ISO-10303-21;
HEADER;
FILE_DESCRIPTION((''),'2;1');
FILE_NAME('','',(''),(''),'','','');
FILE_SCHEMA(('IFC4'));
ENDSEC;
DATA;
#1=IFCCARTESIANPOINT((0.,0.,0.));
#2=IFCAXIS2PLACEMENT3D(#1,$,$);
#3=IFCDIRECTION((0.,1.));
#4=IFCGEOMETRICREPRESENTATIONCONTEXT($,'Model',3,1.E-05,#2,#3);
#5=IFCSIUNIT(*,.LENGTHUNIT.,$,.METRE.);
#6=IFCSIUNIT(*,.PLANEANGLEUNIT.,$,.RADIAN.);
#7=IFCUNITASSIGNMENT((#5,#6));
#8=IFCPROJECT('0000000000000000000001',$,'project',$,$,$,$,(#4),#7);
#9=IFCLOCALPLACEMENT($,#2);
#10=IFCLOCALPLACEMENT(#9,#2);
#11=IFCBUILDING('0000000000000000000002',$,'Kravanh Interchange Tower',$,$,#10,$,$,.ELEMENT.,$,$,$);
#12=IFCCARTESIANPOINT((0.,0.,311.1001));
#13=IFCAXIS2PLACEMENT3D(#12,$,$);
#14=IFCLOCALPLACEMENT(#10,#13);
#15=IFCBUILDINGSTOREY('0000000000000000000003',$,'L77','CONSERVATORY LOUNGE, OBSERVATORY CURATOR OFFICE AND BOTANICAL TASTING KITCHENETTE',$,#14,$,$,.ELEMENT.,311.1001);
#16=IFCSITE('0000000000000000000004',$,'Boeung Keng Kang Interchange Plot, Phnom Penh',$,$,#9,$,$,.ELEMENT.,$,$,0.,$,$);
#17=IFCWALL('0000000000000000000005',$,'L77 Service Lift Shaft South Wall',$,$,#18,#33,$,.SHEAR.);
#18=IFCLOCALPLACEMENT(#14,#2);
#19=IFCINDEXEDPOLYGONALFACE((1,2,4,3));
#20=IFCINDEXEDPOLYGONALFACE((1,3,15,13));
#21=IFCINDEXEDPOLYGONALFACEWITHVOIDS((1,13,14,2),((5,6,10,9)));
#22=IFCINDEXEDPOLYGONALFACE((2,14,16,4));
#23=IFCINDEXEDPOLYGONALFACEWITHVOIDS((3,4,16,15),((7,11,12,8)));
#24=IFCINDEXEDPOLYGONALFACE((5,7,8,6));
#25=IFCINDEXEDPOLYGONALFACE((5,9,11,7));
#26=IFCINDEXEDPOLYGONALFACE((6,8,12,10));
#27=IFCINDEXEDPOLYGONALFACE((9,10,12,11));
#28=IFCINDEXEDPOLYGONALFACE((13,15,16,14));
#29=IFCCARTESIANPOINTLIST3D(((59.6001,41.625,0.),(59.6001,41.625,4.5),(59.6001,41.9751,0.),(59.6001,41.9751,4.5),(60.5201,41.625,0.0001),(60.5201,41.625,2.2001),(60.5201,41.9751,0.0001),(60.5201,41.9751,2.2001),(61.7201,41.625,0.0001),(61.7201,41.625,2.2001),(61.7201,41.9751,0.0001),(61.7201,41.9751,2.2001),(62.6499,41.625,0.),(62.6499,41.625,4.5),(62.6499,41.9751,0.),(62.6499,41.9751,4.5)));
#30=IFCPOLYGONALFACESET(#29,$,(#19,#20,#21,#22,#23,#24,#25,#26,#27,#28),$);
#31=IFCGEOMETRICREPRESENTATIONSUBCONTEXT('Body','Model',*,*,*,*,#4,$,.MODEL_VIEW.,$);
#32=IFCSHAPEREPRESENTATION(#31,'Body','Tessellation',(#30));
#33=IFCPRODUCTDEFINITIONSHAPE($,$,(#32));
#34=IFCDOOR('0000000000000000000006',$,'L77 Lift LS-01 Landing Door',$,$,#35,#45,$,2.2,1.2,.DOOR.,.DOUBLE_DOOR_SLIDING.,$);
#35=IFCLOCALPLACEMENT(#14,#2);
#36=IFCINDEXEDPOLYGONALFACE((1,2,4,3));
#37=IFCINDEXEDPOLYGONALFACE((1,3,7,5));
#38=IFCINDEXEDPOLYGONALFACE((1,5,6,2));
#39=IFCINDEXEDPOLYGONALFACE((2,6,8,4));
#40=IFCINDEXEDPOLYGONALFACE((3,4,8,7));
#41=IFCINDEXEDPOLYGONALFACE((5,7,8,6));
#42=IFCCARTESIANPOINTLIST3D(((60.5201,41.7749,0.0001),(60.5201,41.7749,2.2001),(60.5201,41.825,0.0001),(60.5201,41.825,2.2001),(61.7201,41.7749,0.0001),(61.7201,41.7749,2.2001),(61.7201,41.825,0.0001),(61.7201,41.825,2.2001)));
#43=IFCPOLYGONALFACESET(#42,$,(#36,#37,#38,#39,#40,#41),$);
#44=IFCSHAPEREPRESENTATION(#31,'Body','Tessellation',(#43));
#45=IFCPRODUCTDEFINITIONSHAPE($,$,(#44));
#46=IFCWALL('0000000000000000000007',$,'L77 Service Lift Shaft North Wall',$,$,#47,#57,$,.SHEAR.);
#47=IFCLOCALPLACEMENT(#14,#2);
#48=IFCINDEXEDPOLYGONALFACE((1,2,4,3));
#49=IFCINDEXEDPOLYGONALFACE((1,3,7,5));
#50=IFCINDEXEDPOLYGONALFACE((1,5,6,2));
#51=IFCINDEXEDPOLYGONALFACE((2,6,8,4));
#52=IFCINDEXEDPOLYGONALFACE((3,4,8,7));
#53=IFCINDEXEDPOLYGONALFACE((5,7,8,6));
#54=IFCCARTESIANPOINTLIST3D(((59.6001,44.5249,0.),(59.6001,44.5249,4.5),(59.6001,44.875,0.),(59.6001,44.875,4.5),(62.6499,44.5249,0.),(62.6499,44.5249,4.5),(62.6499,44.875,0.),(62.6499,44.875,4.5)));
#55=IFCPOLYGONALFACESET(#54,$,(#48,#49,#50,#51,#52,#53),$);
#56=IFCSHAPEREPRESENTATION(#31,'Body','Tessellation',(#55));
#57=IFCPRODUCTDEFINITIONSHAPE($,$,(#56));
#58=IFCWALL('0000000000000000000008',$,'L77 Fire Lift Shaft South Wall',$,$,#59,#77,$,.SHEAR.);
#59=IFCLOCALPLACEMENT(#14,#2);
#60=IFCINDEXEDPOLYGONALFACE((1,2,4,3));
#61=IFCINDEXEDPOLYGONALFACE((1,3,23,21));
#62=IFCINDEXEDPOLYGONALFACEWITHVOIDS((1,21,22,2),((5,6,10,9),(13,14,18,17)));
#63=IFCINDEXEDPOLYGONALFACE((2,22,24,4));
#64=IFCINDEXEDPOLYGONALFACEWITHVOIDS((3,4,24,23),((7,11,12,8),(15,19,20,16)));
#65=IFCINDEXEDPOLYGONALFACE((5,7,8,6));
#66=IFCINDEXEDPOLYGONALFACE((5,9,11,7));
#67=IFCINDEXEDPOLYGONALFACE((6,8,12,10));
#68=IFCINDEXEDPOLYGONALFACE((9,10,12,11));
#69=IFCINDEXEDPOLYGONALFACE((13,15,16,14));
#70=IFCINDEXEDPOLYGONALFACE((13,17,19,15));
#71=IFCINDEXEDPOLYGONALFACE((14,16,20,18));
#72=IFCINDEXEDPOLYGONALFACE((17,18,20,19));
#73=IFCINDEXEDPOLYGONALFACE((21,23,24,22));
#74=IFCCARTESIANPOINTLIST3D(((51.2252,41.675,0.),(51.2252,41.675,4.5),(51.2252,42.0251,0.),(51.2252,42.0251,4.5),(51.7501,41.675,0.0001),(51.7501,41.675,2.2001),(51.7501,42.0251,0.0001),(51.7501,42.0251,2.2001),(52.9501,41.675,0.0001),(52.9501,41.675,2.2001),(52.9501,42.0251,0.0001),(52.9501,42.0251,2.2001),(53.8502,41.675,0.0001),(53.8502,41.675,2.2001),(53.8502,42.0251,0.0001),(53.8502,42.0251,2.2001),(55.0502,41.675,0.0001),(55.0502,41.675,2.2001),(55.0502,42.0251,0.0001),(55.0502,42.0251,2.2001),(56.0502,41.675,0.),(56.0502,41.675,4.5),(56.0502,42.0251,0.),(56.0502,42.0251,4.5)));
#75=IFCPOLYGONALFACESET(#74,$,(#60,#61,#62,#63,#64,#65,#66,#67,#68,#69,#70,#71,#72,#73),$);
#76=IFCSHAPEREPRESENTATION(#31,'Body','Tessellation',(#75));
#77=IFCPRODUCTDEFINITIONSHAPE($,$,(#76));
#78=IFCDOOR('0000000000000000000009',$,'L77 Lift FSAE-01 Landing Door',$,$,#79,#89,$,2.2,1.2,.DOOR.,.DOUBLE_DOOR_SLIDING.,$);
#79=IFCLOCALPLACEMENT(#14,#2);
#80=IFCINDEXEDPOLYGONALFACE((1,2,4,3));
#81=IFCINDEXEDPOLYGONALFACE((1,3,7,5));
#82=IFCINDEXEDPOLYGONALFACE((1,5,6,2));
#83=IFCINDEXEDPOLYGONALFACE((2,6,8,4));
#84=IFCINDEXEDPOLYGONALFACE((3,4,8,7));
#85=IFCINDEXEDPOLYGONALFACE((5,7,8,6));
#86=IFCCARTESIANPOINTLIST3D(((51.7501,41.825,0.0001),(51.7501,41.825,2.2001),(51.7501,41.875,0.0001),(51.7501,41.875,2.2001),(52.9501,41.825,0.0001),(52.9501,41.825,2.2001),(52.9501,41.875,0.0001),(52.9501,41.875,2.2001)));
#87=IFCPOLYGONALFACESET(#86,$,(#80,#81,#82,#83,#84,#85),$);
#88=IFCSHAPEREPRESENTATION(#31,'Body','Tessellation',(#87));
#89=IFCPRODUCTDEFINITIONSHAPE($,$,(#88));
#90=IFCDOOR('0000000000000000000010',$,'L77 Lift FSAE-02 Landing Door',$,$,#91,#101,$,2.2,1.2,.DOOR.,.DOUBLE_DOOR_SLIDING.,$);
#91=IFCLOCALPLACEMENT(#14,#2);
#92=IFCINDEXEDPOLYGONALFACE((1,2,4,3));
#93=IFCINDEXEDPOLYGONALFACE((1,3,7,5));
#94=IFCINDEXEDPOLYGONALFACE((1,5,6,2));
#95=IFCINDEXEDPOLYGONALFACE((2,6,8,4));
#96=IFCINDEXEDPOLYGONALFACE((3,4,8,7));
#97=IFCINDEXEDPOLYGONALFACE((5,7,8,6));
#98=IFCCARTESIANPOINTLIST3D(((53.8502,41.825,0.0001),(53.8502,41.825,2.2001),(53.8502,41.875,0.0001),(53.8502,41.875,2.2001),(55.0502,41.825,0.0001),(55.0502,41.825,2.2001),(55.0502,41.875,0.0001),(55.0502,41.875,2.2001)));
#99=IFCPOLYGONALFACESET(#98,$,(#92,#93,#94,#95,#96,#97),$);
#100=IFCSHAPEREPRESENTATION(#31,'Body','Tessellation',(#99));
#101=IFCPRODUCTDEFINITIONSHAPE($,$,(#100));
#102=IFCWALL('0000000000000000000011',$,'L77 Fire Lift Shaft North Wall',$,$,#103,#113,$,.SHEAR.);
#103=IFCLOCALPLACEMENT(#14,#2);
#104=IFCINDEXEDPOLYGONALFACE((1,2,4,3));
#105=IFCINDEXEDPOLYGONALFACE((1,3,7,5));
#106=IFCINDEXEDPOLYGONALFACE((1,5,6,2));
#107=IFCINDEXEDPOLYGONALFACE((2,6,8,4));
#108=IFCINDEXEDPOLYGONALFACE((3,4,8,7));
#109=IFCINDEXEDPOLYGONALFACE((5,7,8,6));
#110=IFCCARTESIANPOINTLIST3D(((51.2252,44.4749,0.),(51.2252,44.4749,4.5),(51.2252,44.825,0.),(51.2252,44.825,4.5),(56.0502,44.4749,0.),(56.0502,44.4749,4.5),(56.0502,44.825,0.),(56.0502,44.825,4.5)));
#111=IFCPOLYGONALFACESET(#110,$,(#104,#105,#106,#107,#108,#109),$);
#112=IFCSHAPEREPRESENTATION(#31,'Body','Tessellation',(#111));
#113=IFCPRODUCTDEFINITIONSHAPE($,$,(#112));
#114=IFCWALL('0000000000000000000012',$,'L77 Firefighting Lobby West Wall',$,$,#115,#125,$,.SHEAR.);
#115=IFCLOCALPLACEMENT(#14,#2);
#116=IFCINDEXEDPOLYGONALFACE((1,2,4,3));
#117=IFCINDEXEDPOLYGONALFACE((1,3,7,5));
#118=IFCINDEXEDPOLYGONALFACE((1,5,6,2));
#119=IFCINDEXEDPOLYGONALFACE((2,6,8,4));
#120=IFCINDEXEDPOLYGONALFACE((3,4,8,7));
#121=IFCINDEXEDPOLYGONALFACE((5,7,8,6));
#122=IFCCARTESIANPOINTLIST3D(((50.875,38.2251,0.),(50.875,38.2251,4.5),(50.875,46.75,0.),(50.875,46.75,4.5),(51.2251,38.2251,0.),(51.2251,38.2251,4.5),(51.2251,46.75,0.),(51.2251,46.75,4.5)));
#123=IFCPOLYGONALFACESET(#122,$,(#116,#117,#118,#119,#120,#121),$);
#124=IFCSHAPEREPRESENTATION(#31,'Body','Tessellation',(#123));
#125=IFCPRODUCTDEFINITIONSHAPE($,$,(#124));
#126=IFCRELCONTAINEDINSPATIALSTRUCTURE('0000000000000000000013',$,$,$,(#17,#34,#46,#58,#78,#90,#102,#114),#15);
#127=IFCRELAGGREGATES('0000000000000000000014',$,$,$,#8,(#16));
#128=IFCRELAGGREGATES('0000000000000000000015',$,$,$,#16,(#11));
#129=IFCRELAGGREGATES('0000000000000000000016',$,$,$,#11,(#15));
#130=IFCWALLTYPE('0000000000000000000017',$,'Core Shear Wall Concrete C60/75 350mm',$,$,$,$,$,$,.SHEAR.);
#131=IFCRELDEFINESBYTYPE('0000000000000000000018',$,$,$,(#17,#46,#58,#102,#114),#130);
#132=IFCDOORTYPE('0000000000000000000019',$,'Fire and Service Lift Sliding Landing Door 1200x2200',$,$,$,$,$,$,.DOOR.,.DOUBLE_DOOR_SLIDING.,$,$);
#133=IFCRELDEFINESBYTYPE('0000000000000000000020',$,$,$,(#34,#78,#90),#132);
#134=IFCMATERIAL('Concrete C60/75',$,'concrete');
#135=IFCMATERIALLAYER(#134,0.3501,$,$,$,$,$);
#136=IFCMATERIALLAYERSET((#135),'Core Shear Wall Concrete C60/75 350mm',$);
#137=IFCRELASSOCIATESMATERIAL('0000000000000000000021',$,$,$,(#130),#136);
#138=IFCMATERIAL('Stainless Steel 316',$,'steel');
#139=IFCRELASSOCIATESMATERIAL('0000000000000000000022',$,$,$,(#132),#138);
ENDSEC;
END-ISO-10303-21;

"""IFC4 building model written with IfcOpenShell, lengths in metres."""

from ifc_helpers import new_model, si_unit, direction, frame, frame_2d, origin, place, context, subcontext, project, spatial, rectangle, extrude, material, layer, layer_set, type_object, element, fill, save


model = new_model("IFC4")

# Units and contexts
model_context = context("Model", 3, precision=1e-05, world=origin(), true_north=direction((0.0, 1.0)))
body_context = subcontext(model_context, "Body", "Model", "MODEL_VIEW")
ifc_project = project(units=[si_unit("LENGTHUNIT", "METRE"), si_unit("PLANEANGLEUNIT", "RADIAN")], contexts=[model_context])

# Site, building, storey
site_placement = place(None, origin())
site = spatial("IfcSite", under=ifc_project, at=site_placement, Name="Boeung Keng Kang Interchange Plot, Phnom Penh", CompositionType="ELEMENT", RefElevation=0.0)
building_placement = place(site_placement, origin())
building = spatial("IfcBuilding", under=site, at=building_placement, Name="Kravanh Interchange Tower", CompositionType="ELEMENT")
storey_placement = place(building_placement, frame((0.0, 0.0, 311.1001)))
storey = spatial("IfcBuildingStorey", under=building, at=storey_placement, Name="L77", Description="CONSERVATORY LOUNGE, OBSERVATORY CURATOR OFFICE AND BOTANICAL TASTING KITCHENETTE", CompositionType="ELEMENT", Elevation=311.1001)

# Shared definitions
ifc_material_1 = material(Name="Concrete C60/75", Category="concrete")
ifc_layer_1 = layer(ifc_material_1, 0.3501)
ifc_layer_set_1 = layer_set([ifc_layer_1], Name="Core Shear Wall Concrete C60/75 350mm")
wall_type_1 = type_object("IfcWallType", Name="Core Shear Wall Concrete C60/75 350mm", PredefinedType="SHEAR", material=ifc_layer_set_1)

# Wall, opening, door
wall_1_placement = place(storey_placement, frame((59.6001, 41.8, 0.0), z_axis=(0.0, 0.0, 1.0), x_axis=(1.0, 0.0, 0.0)))
wall_1 = element("IfcWall", 1, at=wall_1_placement, inside=storey, type_object=wall_type_1, Name="L77 Service Lift Shaft South Wall", PredefinedType="SHEAR", context=body_context, shape_type="SweptSolid", body=[
    extrude(rectangle(XDim=3.0498, YDim=0.3501, at=frame_2d((1.5249, 0.0))), origin(), (0.0, 0.0, 1.0), 4.5),
])
opening_1_placement = place(wall_1_placement, frame((0.9199, 0.0, 0.0)))
opening_1 = element("IfcOpeningElement", 2, at=opening_1_placement, cuts=wall_1, PredefinedType="OPENING", context=body_context, shape_type="SweptSolid", body=[
    extrude(rectangle(XDim=1.2, YDim=2.2, at=frame_2d((0.6001, 1.1001))), frame((0.0, 0.1851, 0.0), z_axis=(0.0, -1.0, 0.0), x_axis=(1.0, 0.0, 0.0)), (0.0, 0.0, 1.0), 0.3701),
])
ifc_material_2 = material(Name="Stainless Steel 316", Category="steel")
door_type_1 = type_object("IfcDoorType", Name="Fire and Service Lift Sliding Landing Door 1200x2200", OperationType="DOUBLE_DOOR_SLIDING", PredefinedType="DOOR", material=ifc_material_2)
door_1_placement = place(opening_1_placement, origin())
door_1 = element("IfcDoor", 3, at=door_1_placement, inside=storey, type_object=door_type_1, Name="L77 Lift LS-01 Landing Door", OperationType="DOUBLE_DOOR_SLIDING", OverallHeight=2.2, OverallWidth=1.2, PredefinedType="DOOR", context=body_context, shape_type="SweptSolid", body=[
    extrude(rectangle(XDim=1.2, YDim=2.2, at=frame_2d((0.6001, 1.1001))), frame((0.0, 0.0249, 0.0), z_axis=(0.0, -1.0, 0.0), x_axis=(1.0, 0.0, 0.0)), (0.0, 0.0, 1.0), 0.05),
])
fill(opening_1, door_1)

# Wall
wall_2_placement = place(storey_placement, frame((59.6001, 44.7, 0.0), z_axis=(0.0, 0.0, 1.0), x_axis=(1.0, 0.0, 0.0)))
element("IfcWall", 4, at=wall_2_placement, inside=storey, type_object=wall_type_1, Name="L77 Service Lift Shaft North Wall", PredefinedType="SHEAR", context=body_context, shape_type="SweptSolid", body=[
    extrude(rectangle(XDim=3.0498, YDim=0.3501, at=frame_2d((1.5249, 0.0))), origin(), (0.0, 0.0, 1.0), 4.5),
])

# Wall, openings, doors
wall_3_placement = place(storey_placement, frame((51.2251, 41.8501, 0.0), z_axis=(0.0, 0.0, 1.0), x_axis=(1.0, 0.0, 0.0)))
wall_3 = element("IfcWall", 5, at=wall_3_placement, inside=storey, type_object=wall_type_1, Name="L77 Fire Lift Shaft South Wall", PredefinedType="SHEAR", context=body_context, shape_type="SweptSolid", body=[
    extrude(rectangle(XDim=4.825, YDim=0.3501, at=frame_2d((2.4126, 0.0))), origin(), (0.0, 0.0, 1.0), 4.5),
])
opening_2_placement = place(wall_3_placement, frame((0.5249, 0.0, 0.0)))
opening_2 = element("IfcOpeningElement", 6, at=opening_2_placement, cuts=wall_3, PredefinedType="OPENING", context=body_context, shape_type="SweptSolid", body=[
    extrude(rectangle(XDim=1.2, YDim=2.2, at=frame_2d((0.6001, 1.1001))), frame((0.0, 0.1851, 0.0), z_axis=(0.0, -1.0, 0.0), x_axis=(1.0, 0.0, 0.0)), (0.0, 0.0, 1.0), 0.3701),
])
opening_3_placement = place(wall_3_placement, frame((2.625, 0.0, 0.0)))
opening_3 = element("IfcOpeningElement", 7, at=opening_3_placement, cuts=wall_3, PredefinedType="OPENING", context=body_context, shape_type="SweptSolid", body=[
    extrude(rectangle(XDim=1.2, YDim=2.2, at=frame_2d((0.6001, 1.1001))), frame((0.0, 0.1851, 0.0), z_axis=(0.0, -1.0, 0.0), x_axis=(1.0, 0.0, 0.0)), (0.0, 0.0, 1.0), 0.3701),
])
door_2_placement = place(opening_2_placement, origin())
door_2 = element("IfcDoor", 8, at=door_2_placement, inside=storey, type_object=door_type_1, Name="L77 Lift FSAE-01 Landing Door", OperationType="DOUBLE_DOOR_SLIDING", OverallHeight=2.2, OverallWidth=1.2, PredefinedType="DOOR", context=body_context, shape_type="SweptSolid", body=[
    extrude(rectangle(XDim=1.2, YDim=2.2, at=frame_2d((0.6001, 1.1001))), frame((0.0, 0.0249, 0.0), z_axis=(0.0, -1.0, 0.0), x_axis=(1.0, 0.0, 0.0)), (0.0, 0.0, 1.0), 0.05),
])
fill(opening_2, door_2)
door_3_placement = place(opening_3_placement, origin())
door_3 = element("IfcDoor", 9, at=door_3_placement, inside=storey, type_object=door_type_1, Name="L77 Lift FSAE-02 Landing Door", OperationType="DOUBLE_DOOR_SLIDING", OverallHeight=2.2, OverallWidth=1.2, PredefinedType="DOOR", context=body_context, shape_type="SweptSolid", body=[
    extrude(rectangle(XDim=1.2, YDim=2.2, at=frame_2d((0.6001, 1.1001))), frame((0.0, 0.0249, 0.0), z_axis=(0.0, -1.0, 0.0), x_axis=(1.0, 0.0, 0.0)), (0.0, 0.0, 1.0), 0.05),
])
fill(opening_3, door_3)

# Walls
wall_4_placement = place(storey_placement, frame((51.2251, 44.6499, 0.0), z_axis=(0.0, 0.0, 1.0), x_axis=(1.0, 0.0, 0.0)))
element("IfcWall", 10, at=wall_4_placement, inside=storey, type_object=wall_type_1, Name="L77 Fire Lift Shaft North Wall", PredefinedType="SHEAR", context=body_context, shape_type="SweptSolid", body=[
    extrude(rectangle(XDim=4.825, YDim=0.3501, at=frame_2d((2.4126, 0.0))), origin(), (0.0, 0.0, 1.0), 4.5),
])
wall_5_placement = place(storey_placement, frame((51.05, 38.2251, 0.0), z_axis=(0.0, 0.0, 1.0), x_axis=(0.0, 1.0, 0.0)))
element("IfcWall", 11, at=wall_5_placement, inside=storey, type_object=wall_type_1, Name="L77 Firefighting Lobby West Wall", PredefinedType="SHEAR", context=body_context, shape_type="SweptSolid", body=[
    extrude(rectangle(XDim=8.5249, YDim=0.3501, at=frame_2d((4.2625, 0.0))), origin(), (0.0, 0.0, 1.0), 4.5),
])

save(model, "model.ifc")
